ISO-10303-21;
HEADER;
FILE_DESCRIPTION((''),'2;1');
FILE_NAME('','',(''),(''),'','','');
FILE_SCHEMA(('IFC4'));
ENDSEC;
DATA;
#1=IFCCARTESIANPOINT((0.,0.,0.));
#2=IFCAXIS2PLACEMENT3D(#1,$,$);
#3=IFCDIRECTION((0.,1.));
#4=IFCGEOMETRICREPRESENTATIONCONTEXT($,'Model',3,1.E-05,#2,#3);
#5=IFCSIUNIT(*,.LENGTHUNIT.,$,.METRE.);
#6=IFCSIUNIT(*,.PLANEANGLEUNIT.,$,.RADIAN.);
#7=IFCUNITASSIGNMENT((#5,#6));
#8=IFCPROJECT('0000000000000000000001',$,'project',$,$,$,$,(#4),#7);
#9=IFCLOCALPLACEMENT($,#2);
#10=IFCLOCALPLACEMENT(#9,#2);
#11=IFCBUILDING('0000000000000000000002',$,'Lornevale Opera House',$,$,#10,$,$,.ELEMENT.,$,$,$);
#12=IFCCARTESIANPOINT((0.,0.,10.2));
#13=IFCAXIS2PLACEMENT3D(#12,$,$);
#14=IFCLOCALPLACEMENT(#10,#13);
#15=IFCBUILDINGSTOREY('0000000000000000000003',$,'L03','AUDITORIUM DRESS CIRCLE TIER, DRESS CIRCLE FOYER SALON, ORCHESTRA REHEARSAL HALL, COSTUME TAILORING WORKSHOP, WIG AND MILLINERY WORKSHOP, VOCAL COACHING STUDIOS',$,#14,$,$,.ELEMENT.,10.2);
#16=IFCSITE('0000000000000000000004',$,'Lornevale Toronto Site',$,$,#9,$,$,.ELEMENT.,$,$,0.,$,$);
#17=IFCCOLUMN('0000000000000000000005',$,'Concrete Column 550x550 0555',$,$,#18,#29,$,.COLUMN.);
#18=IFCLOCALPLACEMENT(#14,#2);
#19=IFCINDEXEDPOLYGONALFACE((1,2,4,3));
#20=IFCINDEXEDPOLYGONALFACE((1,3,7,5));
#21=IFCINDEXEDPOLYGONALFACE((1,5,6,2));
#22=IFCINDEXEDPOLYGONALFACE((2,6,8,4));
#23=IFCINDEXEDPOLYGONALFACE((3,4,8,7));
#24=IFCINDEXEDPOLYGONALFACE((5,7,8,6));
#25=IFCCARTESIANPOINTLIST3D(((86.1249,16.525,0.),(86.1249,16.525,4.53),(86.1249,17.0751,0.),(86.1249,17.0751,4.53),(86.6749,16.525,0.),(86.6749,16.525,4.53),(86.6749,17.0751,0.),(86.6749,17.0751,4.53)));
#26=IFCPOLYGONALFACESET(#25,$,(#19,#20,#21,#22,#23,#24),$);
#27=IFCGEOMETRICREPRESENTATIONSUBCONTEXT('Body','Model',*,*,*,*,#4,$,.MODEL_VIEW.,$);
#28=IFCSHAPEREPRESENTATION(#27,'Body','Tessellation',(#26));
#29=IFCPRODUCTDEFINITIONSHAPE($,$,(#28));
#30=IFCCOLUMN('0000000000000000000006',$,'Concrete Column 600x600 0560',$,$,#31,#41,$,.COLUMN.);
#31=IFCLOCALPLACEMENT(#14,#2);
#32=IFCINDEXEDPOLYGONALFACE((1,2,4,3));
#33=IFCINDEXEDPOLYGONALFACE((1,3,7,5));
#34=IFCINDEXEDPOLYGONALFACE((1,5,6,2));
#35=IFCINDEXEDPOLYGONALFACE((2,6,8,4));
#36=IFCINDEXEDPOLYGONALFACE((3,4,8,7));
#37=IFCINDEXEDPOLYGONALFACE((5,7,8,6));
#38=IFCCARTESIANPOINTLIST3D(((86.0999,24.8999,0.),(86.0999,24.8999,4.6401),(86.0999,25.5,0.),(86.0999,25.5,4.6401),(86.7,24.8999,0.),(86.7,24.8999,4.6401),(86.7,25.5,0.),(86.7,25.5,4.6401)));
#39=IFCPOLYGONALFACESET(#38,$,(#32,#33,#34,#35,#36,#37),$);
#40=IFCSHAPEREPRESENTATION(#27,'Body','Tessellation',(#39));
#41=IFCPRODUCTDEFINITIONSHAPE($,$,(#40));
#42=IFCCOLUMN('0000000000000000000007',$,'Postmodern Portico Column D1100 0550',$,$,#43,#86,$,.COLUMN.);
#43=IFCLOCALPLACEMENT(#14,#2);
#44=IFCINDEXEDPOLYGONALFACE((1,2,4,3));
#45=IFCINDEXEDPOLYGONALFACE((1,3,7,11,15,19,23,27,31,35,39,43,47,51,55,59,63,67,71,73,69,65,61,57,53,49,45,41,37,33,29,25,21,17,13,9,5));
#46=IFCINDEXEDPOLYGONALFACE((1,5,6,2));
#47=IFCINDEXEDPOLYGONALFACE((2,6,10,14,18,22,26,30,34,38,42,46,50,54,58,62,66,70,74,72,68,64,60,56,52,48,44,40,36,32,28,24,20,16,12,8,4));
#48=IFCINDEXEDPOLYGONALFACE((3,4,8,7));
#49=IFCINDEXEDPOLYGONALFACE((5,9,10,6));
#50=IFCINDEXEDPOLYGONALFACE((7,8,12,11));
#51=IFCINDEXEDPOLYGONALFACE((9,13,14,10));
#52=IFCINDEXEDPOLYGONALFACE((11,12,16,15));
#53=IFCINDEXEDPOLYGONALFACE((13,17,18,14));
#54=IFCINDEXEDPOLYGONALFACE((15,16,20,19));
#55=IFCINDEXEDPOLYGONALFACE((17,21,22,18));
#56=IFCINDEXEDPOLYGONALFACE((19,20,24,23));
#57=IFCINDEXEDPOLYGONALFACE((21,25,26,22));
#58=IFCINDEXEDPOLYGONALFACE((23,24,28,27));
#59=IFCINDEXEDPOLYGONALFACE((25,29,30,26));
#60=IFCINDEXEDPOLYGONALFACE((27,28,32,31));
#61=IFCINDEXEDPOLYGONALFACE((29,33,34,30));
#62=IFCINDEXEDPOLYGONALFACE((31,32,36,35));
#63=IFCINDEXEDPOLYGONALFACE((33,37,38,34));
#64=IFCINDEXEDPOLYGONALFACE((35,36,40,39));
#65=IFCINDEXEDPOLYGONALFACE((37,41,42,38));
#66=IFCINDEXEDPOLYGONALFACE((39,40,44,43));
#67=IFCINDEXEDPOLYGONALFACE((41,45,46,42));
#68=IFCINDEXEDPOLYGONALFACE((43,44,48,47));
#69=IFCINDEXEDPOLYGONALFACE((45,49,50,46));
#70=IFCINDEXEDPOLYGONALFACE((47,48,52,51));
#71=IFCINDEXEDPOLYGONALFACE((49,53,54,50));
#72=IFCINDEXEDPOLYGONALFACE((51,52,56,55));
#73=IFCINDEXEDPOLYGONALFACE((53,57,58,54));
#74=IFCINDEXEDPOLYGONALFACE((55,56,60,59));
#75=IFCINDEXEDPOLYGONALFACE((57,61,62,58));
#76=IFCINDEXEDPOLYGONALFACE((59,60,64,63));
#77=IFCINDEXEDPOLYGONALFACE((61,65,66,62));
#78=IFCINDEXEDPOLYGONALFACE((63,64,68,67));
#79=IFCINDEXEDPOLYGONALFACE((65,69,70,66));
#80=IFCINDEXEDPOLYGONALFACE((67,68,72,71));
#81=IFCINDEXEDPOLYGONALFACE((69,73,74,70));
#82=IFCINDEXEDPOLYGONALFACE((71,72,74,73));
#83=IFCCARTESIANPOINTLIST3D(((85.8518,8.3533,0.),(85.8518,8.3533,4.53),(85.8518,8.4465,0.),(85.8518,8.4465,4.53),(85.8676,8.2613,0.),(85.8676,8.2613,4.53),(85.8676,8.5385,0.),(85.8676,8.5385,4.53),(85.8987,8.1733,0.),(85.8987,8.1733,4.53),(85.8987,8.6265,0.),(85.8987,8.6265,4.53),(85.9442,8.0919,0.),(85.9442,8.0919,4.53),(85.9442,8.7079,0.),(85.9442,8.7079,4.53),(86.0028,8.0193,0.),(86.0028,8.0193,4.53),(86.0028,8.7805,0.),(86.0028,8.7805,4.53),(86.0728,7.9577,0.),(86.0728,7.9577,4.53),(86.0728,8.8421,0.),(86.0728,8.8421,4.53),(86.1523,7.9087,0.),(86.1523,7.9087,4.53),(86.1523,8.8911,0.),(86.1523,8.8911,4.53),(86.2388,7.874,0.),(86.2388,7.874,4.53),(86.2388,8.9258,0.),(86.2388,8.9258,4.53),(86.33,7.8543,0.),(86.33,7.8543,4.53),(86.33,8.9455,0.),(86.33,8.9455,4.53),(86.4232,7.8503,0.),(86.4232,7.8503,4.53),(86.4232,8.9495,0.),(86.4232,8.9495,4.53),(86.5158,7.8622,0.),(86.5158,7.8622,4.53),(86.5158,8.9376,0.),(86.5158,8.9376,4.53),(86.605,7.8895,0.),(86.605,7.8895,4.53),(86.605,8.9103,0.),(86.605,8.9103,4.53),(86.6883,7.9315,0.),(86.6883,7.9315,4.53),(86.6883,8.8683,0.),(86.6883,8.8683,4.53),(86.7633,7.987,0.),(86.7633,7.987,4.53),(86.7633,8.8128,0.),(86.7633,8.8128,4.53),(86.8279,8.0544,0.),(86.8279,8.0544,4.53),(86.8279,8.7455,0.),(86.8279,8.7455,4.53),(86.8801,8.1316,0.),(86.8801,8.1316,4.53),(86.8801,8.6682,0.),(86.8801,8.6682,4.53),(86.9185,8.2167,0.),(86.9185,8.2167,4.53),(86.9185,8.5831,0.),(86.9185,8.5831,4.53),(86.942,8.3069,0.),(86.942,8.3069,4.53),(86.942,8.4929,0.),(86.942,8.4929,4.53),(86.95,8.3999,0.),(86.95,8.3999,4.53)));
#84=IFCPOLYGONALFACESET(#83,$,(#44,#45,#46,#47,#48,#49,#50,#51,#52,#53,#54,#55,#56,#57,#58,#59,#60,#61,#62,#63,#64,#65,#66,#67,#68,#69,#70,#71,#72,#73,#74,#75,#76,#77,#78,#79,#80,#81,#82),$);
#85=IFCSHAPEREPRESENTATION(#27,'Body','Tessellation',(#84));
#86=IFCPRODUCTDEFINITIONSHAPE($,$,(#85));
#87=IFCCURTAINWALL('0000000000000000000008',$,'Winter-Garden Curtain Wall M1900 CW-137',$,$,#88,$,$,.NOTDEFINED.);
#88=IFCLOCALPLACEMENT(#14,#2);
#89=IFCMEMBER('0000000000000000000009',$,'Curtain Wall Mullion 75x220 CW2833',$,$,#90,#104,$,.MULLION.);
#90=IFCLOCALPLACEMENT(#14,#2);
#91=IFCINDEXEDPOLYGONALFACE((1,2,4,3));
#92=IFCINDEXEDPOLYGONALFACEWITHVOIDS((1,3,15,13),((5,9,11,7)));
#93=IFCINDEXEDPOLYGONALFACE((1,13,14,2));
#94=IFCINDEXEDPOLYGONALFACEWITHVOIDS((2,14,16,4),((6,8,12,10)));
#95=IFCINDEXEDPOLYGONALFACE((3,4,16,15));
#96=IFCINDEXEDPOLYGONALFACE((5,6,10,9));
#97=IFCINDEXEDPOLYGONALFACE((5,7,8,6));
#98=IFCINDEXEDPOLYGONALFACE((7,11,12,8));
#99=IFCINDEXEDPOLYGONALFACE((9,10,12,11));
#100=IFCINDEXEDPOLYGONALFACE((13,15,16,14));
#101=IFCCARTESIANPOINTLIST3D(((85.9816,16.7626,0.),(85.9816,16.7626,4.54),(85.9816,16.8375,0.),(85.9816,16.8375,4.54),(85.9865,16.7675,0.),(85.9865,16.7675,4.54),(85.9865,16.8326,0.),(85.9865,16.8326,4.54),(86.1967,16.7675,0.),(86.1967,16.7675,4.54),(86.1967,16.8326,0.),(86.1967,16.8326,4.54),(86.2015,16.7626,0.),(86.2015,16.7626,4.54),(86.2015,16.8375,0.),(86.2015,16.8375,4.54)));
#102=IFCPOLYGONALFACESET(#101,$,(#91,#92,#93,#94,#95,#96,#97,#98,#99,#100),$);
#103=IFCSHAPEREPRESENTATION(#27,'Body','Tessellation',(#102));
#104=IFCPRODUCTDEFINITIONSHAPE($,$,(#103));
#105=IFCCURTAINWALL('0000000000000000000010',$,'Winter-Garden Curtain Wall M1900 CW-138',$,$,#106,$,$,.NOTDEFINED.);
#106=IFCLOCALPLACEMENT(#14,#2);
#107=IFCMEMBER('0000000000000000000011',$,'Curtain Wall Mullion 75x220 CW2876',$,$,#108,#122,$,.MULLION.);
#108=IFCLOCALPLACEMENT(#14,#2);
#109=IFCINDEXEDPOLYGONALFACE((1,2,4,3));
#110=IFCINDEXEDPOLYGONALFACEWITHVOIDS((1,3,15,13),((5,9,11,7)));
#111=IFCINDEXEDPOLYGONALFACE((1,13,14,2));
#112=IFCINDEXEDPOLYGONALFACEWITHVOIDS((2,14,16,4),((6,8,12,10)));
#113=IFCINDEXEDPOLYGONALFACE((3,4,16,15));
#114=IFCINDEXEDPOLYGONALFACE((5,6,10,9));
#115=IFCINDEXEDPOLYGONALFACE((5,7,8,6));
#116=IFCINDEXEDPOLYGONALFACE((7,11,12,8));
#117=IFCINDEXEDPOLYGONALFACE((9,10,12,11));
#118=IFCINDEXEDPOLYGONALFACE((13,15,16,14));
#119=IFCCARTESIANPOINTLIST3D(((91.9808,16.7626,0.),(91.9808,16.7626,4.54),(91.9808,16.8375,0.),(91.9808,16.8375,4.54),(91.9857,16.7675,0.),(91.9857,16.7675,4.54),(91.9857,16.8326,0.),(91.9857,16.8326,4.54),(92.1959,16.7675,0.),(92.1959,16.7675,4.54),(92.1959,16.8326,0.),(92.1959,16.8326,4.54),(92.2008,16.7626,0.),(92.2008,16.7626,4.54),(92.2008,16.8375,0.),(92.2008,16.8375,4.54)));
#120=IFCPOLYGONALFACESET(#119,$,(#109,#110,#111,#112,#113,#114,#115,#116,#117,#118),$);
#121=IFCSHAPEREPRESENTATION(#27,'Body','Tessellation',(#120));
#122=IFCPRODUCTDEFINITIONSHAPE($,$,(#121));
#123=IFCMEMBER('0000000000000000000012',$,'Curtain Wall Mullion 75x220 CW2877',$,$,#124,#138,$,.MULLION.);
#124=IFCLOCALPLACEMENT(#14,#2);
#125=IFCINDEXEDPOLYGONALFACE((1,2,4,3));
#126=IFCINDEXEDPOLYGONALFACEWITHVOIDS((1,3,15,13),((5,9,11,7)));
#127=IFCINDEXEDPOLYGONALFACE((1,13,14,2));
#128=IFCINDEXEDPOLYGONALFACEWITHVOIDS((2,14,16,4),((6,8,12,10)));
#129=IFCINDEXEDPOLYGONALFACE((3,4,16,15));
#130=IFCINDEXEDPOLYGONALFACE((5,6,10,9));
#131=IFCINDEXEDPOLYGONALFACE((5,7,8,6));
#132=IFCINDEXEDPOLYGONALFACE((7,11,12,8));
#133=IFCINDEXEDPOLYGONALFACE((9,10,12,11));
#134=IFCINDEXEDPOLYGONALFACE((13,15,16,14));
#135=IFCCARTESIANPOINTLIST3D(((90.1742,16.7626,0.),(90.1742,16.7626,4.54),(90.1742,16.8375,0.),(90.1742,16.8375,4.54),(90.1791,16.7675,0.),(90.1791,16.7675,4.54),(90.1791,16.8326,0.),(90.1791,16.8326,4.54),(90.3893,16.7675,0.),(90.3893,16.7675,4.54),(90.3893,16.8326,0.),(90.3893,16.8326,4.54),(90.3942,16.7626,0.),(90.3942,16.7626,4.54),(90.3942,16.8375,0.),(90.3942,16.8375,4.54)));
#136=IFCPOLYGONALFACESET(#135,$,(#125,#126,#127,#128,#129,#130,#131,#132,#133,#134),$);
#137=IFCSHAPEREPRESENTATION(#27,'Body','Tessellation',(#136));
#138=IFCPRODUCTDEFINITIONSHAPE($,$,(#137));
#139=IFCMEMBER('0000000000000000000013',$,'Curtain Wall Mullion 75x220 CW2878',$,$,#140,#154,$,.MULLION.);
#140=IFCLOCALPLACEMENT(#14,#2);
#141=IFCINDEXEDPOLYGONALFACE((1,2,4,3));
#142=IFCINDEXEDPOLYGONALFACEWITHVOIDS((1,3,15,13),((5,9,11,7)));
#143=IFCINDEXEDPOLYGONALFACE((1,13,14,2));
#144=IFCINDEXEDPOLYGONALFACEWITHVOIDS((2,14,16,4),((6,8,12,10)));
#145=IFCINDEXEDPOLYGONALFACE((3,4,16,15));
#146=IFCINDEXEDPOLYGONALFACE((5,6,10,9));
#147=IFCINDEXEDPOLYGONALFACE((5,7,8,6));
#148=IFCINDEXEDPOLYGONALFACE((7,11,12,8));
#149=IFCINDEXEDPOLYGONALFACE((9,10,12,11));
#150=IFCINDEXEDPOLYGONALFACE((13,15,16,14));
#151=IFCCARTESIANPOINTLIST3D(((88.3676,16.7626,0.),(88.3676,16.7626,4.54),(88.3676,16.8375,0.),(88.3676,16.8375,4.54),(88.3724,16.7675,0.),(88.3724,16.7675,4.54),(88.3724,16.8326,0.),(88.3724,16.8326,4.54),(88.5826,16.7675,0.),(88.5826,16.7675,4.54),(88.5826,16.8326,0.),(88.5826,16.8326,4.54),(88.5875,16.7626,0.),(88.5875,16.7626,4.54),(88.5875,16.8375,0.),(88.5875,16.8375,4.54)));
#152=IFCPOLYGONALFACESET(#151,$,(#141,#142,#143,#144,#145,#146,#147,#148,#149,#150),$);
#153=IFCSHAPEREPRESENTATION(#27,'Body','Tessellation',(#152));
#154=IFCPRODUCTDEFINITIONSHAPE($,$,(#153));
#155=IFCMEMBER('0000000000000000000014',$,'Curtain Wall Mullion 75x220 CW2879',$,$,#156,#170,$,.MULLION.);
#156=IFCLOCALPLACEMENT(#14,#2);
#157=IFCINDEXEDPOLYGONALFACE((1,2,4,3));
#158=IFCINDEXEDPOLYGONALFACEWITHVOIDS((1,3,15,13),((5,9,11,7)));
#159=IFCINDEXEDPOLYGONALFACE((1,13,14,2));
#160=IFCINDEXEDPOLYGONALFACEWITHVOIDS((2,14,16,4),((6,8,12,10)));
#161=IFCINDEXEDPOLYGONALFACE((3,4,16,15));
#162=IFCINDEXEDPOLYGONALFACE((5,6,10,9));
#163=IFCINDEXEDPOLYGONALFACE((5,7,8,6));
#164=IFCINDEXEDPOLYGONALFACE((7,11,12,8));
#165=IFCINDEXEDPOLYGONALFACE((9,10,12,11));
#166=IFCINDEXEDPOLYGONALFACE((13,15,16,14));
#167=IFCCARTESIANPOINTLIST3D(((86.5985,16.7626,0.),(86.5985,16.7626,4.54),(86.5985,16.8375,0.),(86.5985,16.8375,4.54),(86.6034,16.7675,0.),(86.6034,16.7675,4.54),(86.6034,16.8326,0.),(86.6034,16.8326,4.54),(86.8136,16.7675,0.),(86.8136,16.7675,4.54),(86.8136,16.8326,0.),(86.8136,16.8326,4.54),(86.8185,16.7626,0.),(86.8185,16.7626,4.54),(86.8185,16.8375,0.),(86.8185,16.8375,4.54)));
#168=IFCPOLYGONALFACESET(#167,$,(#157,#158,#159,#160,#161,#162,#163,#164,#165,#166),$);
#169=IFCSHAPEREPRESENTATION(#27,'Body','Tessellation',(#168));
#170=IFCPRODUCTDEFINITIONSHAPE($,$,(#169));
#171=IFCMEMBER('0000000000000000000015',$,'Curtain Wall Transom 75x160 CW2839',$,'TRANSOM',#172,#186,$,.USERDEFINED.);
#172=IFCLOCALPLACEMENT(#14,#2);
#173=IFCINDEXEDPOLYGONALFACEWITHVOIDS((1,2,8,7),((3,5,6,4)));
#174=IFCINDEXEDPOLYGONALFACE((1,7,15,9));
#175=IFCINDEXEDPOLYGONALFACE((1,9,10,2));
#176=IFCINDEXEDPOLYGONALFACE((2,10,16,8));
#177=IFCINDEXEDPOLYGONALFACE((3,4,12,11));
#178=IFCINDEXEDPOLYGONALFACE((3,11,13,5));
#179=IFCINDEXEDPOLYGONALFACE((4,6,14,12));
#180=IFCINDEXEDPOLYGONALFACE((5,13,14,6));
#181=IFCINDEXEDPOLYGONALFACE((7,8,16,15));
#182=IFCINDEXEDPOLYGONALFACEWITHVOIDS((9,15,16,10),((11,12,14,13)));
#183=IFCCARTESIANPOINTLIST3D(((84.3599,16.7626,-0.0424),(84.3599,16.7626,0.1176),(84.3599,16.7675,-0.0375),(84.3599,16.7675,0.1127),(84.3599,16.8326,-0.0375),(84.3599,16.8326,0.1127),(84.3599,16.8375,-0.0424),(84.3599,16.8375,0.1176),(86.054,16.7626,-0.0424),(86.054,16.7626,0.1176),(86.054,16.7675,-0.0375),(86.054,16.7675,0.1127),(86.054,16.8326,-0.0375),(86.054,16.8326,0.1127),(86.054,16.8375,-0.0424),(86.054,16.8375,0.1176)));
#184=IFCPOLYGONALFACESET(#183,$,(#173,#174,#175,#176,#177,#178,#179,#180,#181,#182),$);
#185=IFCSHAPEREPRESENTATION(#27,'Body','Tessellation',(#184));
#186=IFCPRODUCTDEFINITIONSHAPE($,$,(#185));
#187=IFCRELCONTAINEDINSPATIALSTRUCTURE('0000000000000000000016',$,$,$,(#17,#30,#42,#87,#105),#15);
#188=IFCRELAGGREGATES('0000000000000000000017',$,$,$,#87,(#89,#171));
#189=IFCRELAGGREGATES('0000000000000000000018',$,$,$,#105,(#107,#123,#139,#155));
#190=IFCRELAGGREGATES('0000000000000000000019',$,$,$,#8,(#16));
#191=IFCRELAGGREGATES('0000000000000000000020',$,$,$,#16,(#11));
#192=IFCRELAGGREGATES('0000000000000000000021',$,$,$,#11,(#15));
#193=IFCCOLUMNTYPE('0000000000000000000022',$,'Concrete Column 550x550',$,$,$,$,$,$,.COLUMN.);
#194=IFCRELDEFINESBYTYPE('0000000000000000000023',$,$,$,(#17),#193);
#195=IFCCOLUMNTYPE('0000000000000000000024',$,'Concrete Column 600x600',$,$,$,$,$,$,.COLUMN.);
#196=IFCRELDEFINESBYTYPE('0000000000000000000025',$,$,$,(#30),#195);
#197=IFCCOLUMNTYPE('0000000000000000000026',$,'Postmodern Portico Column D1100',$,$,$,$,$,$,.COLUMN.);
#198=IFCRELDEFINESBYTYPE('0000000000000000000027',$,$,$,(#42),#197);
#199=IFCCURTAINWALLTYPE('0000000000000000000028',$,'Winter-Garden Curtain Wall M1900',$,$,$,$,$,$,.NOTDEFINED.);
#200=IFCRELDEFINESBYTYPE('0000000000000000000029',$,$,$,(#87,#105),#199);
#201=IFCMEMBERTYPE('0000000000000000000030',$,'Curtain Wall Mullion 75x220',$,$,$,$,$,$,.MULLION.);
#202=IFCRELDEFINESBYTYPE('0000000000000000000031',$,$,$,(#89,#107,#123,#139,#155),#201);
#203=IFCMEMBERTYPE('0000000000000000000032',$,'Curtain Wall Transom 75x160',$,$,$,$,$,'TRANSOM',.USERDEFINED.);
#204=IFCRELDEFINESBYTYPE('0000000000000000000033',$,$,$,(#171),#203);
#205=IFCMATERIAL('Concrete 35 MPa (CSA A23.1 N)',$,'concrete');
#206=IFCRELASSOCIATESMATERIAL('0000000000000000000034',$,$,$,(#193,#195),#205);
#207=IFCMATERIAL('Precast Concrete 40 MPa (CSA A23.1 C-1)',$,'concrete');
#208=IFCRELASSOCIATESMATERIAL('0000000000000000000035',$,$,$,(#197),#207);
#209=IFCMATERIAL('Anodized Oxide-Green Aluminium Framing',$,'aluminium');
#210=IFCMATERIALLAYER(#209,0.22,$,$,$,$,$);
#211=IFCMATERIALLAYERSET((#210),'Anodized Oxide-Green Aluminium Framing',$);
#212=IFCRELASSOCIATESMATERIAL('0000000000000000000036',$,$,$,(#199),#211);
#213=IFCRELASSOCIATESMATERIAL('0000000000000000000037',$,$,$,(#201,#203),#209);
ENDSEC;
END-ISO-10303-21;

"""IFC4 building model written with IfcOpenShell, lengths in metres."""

from ifc_helpers import new_model, si_unit, direction, frame, origin, origin_2d, place, context, subcontext, project, spatial, rectangle, hollow_rectangle, circle, extrude, material, layer, layer_set, material_profile, profile_set, type_object, element, aggregate, save


model = new_model("IFC4")

# Units and contexts
model_context = context("Model", 3, precision=1e-05, world=origin(), true_north=direction((0.0, 1.0)))
body_context = subcontext(model_context, "Body", "Model", "MODEL_VIEW")
ifc_project = project(units=[si_unit("LENGTHUNIT", "METRE"), si_unit("PLANEANGLEUNIT", "RADIAN")], contexts=[model_context])

# Site, building, storey
site_placement = place(None, origin())
site = spatial("IfcSite", under=ifc_project, at=site_placement, Name="Lornevale Toronto Site", CompositionType="ELEMENT", RefElevation=0.0)
building_placement = place(site_placement, origin())
building = spatial("IfcBuilding", under=site, at=building_placement, Name="Lornevale Opera House", CompositionType="ELEMENT")
storey_placement = place(building_placement, frame((0.0, 0.0, 10.2)))
storey = spatial("IfcBuildingStorey", under=building, at=storey_placement, Name="L03", Description="AUDITORIUM DRESS CIRCLE TIER, DRESS CIRCLE FOYER SALON, ORCHESTRA REHEARSAL HALL, COSTUME TAILORING WORKSHOP, WIG AND MILLINERY WORKSHOP, VOCAL COACHING STUDIOS", CompositionType="ELEMENT", Elevation=10.2)

# Columns
ifc_material_1 = material(Name="Concrete 35 MPa (CSA A23.1 N)", Category="concrete")
ifc_material_profile_1 = material_profile(ifc_material_1, rectangle(XDim=0.55, YDim=0.55, at=origin_2d()), Name="RC550x550")
ifc_profile_set_1 = profile_set([ifc_material_profile_1], Name="Concrete 35 MPa (CSA A23.1 N)")
column_type_1 = type_object("IfcColumnType", Name="Concrete Column 550x550", PredefinedType="COLUMN", material=ifc_profile_set_1)
column_1_placement = place(storey_placement, frame((86.3999, 16.8, 0.0), z_axis=(0.0, 0.0, 1.0), x_axis=(1.0, 0.0, 0.0)))
element("IfcColumn", 1, at=column_1_placement, inside=storey, type_object=column_type_1, Name="Concrete Column 550x550 0555", PredefinedType="COLUMN", context=body_context, shape_type="SweptSolid", body=[
    extrude(rectangle(XDim=0.55, YDim=0.55, at=origin_2d()), origin(), (0.0, 0.0, 1.0), 4.53),
])
ifc_material_profile_2 = material_profile(ifc_material_1, rectangle(XDim=0.6001, YDim=0.6001, at=origin_2d()), Name="RC600x600")
ifc_profile_set_2 = profile_set([ifc_material_profile_2], Name="Concrete 35 MPa (CSA A23.1 N)")
column_type_2 = type_object("IfcColumnType", Name="Concrete Column 600x600", PredefinedType="COLUMN", material=ifc_profile_set_2)
column_2_placement = place(storey_placement, frame((86.3999, 25.2, 0.0), z_axis=(0.0, 0.0, 1.0), x_axis=(1.0, 0.0, 0.0)))
element("IfcColumn", 2, at=column_2_placement, inside=storey, type_object=column_type_2, Name="Concrete Column 600x600 0560", PredefinedType="COLUMN", context=body_context, shape_type="SweptSolid", body=[
    extrude(rectangle(XDim=0.6001, YDim=0.6001, at=origin_2d()), origin(), (0.0, 0.0, 1.0), 4.6401),
])
ifc_material_2 = material(Name="Precast Concrete 40 MPa (CSA A23.1 C-1)", Category="concrete")
ifc_material_profile_3 = material_profile(ifc_material_2, circle(Radius=0.55, at=origin_2d()), Name="RCCOL1100")
ifc_profile_set_3 = profile_set([ifc_material_profile_3], Name="Precast Concrete 40 MPa (CSA A23.1 C-1)")
column_type_3 = type_object("IfcColumnType", Name="Postmodern Portico Column D1100", PredefinedType="COLUMN", material=ifc_profile_set_3)
column_3_placement = place(storey_placement, frame((86.3999, 8.3999, 0.0), z_axis=(0.0, 0.0, 1.0), x_axis=(1.0, 0.0, 0.0)))
element("IfcColumn", 3, at=column_3_placement, inside=storey, type_object=column_type_3, Name="Postmodern Portico Column D1100 0550", PredefinedType="COLUMN", context=body_context, shape_type="SweptSolid", body=[
    extrude(circle(Radius=0.55, at=origin_2d()), origin(), (0.0, 0.0, 1.0), 4.53),
])

# Curtain wall, member
ifc_material_3 = material(Name="Anodized Oxide-Green Aluminium Framing", Category="aluminium")
ifc_layer_1 = layer(ifc_material_3, 0.22)
ifc_layer_set_1 = layer_set([ifc_layer_1], Name="Anodized Oxide-Green Aluminium Framing")
curtain_wall_type = type_object("IfcCurtainWallType", Name="Winter-Garden Curtain Wall M1900", PredefinedType="NOTDEFINED", material=ifc_layer_set_1)
curtain_wall_1_placement = place(storey_placement, origin())
curtain_wall_1 = element("IfcCurtainWall", 4, at=curtain_wall_1_placement, inside=storey, type_object=curtain_wall_type, Name="Winter-Garden Curtain Wall M1900 CW-137", PredefinedType="NOTDEFINED")
ifc_material_profile_4 = material_profile(ifc_material_3, hollow_rectangle(XDim=0.075, YDim=0.22, WallThickness=0.0049, at=origin_2d()), Name="ALU75x220x5")
ifc_profile_set_4 = profile_set([ifc_material_profile_4], Name="Anodized Oxide-Green Aluminium Framing")
member_type_1 = type_object("IfcMemberType", Name="Curtain Wall Mullion 75x220", PredefinedType="MULLION", material=ifc_profile_set_4)
member_1_placement = place(storey_placement, frame((86.0916, 16.8, 0.0), z_axis=(0.0, 0.0, 1.0), x_axis=(0.0, -1.0, 0.0)))
member_1 = element("IfcMember", 5, at=member_1_placement, type_object=member_type_1, Name="Curtain Wall Mullion 75x220 CW2833", PredefinedType="MULLION", context=body_context, shape_type="SweptSolid", body=[
    extrude(hollow_rectangle(XDim=0.075, YDim=0.22, WallThickness=0.0049, at=origin_2d()), origin(), (0.0, 0.0, 1.0), 4.54),
])

# Curtain wall, members
curtain_wall_2_placement = place(storey_placement, origin())
curtain_wall_2 = element("IfcCurtainWall", 6, at=curtain_wall_2_placement, inside=storey, type_object=curtain_wall_type, Name="Winter-Garden Curtain Wall M1900 CW-138", PredefinedType="NOTDEFINED")
member_2_placement = place(storey_placement, frame((92.0908, 16.8, 0.0), z_axis=(0.0, 0.0, 1.0), x_axis=(0.0, -1.0, 0.0)))
member_2 = element("IfcMember", 7, at=member_2_placement, type_object=member_type_1, Name="Curtain Wall Mullion 75x220 CW2876", PredefinedType="MULLION", context=body_context, shape_type="SweptSolid", body=[
    extrude(hollow_rectangle(XDim=0.075, YDim=0.22, WallThickness=0.0049, at=origin_2d()), origin(), (0.0, 0.0, 1.0), 4.54),
])
member_3_placement = place(storey_placement, frame((90.2842, 16.8, 0.0), z_axis=(0.0, 0.0, 1.0), x_axis=(0.0, -1.0, 0.0)))
member_3 = element("IfcMember", 8, at=member_3_placement, type_object=member_type_1, Name="Curtain Wall Mullion 75x220 CW2877", PredefinedType="MULLION", context=body_context, shape_type="SweptSolid", body=[
    extrude(hollow_rectangle(XDim=0.075, YDim=0.22, WallThickness=0.0049, at=origin_2d()), origin(), (0.0, 0.0, 1.0), 4.54),
])
member_4_placement = place(storey_placement, frame((88.4775, 16.8, 0.0), z_axis=(0.0, 0.0, 1.0), x_axis=(0.0, -1.0, 0.0)))
member_4 = element("IfcMember", 9, at=member_4_placement, type_object=member_type_1, Name="Curtain Wall Mullion 75x220 CW2878", PredefinedType="MULLION", context=body_context, shape_type="SweptSolid", body=[
    extrude(hollow_rectangle(XDim=0.075, YDim=0.22, WallThickness=0.0049, at=origin_2d()), origin(), (0.0, 0.0, 1.0), 4.54),
])
member_5_placement = place(storey_placement, frame((86.7085, 16.8, 0.0), z_axis=(0.0, 0.0, 1.0), x_axis=(0.0, -1.0, 0.0)))
member_5 = element("IfcMember", 10, at=member_5_placement, type_object=member_type_1, Name="Curtain Wall Mullion 75x220 CW2879", PredefinedType="MULLION", context=body_context, shape_type="SweptSolid", body=[
    extrude(hollow_rectangle(XDim=0.075, YDim=0.22, WallThickness=0.0049, at=origin_2d()), origin(), (0.0, 0.0, 1.0), 4.54),
])

# Member
ifc_material_profile_5 = material_profile(ifc_material_3, hollow_rectangle(XDim=0.075, YDim=0.1599, WallThickness=0.0049, at=origin_2d()), Name="ALU75x160x5")
ifc_profile_set_5 = profile_set([ifc_material_profile_5], Name="Anodized Oxide-Green Aluminium Framing")
member_type_2 = type_object("IfcMemberType", Name="Curtain Wall Transom 75x160", ElementType="TRANSOM", PredefinedType="USERDEFINED", material=ifc_profile_set_5)
member_6_placement = place(storey_placement, frame((86.054, 16.8, 0.0376), z_axis=(-1.0, 0.0, 0.0), x_axis=(0.0, -1.0, 0.0)))
member_6 = element("IfcMember", 11, at=member_6_placement, type_object=member_type_2, Name="Curtain Wall Transom 75x160 CW2839", ObjectType="TRANSOM", PredefinedType="USERDEFINED", context=body_context, shape_type="SweptSolid", body=[
    extrude(hollow_rectangle(XDim=0.075, YDim=0.1599, WallThickness=0.0049, at=origin_2d()), origin(), (0.0, 0.0, 1.0), 1.6941),
])

aggregate(curtain_wall_1, [member_1, member_6])
aggregate(curtain_wall_2, [member_2, member_3, member_4, member_5])

save(model, "model.ifc")
